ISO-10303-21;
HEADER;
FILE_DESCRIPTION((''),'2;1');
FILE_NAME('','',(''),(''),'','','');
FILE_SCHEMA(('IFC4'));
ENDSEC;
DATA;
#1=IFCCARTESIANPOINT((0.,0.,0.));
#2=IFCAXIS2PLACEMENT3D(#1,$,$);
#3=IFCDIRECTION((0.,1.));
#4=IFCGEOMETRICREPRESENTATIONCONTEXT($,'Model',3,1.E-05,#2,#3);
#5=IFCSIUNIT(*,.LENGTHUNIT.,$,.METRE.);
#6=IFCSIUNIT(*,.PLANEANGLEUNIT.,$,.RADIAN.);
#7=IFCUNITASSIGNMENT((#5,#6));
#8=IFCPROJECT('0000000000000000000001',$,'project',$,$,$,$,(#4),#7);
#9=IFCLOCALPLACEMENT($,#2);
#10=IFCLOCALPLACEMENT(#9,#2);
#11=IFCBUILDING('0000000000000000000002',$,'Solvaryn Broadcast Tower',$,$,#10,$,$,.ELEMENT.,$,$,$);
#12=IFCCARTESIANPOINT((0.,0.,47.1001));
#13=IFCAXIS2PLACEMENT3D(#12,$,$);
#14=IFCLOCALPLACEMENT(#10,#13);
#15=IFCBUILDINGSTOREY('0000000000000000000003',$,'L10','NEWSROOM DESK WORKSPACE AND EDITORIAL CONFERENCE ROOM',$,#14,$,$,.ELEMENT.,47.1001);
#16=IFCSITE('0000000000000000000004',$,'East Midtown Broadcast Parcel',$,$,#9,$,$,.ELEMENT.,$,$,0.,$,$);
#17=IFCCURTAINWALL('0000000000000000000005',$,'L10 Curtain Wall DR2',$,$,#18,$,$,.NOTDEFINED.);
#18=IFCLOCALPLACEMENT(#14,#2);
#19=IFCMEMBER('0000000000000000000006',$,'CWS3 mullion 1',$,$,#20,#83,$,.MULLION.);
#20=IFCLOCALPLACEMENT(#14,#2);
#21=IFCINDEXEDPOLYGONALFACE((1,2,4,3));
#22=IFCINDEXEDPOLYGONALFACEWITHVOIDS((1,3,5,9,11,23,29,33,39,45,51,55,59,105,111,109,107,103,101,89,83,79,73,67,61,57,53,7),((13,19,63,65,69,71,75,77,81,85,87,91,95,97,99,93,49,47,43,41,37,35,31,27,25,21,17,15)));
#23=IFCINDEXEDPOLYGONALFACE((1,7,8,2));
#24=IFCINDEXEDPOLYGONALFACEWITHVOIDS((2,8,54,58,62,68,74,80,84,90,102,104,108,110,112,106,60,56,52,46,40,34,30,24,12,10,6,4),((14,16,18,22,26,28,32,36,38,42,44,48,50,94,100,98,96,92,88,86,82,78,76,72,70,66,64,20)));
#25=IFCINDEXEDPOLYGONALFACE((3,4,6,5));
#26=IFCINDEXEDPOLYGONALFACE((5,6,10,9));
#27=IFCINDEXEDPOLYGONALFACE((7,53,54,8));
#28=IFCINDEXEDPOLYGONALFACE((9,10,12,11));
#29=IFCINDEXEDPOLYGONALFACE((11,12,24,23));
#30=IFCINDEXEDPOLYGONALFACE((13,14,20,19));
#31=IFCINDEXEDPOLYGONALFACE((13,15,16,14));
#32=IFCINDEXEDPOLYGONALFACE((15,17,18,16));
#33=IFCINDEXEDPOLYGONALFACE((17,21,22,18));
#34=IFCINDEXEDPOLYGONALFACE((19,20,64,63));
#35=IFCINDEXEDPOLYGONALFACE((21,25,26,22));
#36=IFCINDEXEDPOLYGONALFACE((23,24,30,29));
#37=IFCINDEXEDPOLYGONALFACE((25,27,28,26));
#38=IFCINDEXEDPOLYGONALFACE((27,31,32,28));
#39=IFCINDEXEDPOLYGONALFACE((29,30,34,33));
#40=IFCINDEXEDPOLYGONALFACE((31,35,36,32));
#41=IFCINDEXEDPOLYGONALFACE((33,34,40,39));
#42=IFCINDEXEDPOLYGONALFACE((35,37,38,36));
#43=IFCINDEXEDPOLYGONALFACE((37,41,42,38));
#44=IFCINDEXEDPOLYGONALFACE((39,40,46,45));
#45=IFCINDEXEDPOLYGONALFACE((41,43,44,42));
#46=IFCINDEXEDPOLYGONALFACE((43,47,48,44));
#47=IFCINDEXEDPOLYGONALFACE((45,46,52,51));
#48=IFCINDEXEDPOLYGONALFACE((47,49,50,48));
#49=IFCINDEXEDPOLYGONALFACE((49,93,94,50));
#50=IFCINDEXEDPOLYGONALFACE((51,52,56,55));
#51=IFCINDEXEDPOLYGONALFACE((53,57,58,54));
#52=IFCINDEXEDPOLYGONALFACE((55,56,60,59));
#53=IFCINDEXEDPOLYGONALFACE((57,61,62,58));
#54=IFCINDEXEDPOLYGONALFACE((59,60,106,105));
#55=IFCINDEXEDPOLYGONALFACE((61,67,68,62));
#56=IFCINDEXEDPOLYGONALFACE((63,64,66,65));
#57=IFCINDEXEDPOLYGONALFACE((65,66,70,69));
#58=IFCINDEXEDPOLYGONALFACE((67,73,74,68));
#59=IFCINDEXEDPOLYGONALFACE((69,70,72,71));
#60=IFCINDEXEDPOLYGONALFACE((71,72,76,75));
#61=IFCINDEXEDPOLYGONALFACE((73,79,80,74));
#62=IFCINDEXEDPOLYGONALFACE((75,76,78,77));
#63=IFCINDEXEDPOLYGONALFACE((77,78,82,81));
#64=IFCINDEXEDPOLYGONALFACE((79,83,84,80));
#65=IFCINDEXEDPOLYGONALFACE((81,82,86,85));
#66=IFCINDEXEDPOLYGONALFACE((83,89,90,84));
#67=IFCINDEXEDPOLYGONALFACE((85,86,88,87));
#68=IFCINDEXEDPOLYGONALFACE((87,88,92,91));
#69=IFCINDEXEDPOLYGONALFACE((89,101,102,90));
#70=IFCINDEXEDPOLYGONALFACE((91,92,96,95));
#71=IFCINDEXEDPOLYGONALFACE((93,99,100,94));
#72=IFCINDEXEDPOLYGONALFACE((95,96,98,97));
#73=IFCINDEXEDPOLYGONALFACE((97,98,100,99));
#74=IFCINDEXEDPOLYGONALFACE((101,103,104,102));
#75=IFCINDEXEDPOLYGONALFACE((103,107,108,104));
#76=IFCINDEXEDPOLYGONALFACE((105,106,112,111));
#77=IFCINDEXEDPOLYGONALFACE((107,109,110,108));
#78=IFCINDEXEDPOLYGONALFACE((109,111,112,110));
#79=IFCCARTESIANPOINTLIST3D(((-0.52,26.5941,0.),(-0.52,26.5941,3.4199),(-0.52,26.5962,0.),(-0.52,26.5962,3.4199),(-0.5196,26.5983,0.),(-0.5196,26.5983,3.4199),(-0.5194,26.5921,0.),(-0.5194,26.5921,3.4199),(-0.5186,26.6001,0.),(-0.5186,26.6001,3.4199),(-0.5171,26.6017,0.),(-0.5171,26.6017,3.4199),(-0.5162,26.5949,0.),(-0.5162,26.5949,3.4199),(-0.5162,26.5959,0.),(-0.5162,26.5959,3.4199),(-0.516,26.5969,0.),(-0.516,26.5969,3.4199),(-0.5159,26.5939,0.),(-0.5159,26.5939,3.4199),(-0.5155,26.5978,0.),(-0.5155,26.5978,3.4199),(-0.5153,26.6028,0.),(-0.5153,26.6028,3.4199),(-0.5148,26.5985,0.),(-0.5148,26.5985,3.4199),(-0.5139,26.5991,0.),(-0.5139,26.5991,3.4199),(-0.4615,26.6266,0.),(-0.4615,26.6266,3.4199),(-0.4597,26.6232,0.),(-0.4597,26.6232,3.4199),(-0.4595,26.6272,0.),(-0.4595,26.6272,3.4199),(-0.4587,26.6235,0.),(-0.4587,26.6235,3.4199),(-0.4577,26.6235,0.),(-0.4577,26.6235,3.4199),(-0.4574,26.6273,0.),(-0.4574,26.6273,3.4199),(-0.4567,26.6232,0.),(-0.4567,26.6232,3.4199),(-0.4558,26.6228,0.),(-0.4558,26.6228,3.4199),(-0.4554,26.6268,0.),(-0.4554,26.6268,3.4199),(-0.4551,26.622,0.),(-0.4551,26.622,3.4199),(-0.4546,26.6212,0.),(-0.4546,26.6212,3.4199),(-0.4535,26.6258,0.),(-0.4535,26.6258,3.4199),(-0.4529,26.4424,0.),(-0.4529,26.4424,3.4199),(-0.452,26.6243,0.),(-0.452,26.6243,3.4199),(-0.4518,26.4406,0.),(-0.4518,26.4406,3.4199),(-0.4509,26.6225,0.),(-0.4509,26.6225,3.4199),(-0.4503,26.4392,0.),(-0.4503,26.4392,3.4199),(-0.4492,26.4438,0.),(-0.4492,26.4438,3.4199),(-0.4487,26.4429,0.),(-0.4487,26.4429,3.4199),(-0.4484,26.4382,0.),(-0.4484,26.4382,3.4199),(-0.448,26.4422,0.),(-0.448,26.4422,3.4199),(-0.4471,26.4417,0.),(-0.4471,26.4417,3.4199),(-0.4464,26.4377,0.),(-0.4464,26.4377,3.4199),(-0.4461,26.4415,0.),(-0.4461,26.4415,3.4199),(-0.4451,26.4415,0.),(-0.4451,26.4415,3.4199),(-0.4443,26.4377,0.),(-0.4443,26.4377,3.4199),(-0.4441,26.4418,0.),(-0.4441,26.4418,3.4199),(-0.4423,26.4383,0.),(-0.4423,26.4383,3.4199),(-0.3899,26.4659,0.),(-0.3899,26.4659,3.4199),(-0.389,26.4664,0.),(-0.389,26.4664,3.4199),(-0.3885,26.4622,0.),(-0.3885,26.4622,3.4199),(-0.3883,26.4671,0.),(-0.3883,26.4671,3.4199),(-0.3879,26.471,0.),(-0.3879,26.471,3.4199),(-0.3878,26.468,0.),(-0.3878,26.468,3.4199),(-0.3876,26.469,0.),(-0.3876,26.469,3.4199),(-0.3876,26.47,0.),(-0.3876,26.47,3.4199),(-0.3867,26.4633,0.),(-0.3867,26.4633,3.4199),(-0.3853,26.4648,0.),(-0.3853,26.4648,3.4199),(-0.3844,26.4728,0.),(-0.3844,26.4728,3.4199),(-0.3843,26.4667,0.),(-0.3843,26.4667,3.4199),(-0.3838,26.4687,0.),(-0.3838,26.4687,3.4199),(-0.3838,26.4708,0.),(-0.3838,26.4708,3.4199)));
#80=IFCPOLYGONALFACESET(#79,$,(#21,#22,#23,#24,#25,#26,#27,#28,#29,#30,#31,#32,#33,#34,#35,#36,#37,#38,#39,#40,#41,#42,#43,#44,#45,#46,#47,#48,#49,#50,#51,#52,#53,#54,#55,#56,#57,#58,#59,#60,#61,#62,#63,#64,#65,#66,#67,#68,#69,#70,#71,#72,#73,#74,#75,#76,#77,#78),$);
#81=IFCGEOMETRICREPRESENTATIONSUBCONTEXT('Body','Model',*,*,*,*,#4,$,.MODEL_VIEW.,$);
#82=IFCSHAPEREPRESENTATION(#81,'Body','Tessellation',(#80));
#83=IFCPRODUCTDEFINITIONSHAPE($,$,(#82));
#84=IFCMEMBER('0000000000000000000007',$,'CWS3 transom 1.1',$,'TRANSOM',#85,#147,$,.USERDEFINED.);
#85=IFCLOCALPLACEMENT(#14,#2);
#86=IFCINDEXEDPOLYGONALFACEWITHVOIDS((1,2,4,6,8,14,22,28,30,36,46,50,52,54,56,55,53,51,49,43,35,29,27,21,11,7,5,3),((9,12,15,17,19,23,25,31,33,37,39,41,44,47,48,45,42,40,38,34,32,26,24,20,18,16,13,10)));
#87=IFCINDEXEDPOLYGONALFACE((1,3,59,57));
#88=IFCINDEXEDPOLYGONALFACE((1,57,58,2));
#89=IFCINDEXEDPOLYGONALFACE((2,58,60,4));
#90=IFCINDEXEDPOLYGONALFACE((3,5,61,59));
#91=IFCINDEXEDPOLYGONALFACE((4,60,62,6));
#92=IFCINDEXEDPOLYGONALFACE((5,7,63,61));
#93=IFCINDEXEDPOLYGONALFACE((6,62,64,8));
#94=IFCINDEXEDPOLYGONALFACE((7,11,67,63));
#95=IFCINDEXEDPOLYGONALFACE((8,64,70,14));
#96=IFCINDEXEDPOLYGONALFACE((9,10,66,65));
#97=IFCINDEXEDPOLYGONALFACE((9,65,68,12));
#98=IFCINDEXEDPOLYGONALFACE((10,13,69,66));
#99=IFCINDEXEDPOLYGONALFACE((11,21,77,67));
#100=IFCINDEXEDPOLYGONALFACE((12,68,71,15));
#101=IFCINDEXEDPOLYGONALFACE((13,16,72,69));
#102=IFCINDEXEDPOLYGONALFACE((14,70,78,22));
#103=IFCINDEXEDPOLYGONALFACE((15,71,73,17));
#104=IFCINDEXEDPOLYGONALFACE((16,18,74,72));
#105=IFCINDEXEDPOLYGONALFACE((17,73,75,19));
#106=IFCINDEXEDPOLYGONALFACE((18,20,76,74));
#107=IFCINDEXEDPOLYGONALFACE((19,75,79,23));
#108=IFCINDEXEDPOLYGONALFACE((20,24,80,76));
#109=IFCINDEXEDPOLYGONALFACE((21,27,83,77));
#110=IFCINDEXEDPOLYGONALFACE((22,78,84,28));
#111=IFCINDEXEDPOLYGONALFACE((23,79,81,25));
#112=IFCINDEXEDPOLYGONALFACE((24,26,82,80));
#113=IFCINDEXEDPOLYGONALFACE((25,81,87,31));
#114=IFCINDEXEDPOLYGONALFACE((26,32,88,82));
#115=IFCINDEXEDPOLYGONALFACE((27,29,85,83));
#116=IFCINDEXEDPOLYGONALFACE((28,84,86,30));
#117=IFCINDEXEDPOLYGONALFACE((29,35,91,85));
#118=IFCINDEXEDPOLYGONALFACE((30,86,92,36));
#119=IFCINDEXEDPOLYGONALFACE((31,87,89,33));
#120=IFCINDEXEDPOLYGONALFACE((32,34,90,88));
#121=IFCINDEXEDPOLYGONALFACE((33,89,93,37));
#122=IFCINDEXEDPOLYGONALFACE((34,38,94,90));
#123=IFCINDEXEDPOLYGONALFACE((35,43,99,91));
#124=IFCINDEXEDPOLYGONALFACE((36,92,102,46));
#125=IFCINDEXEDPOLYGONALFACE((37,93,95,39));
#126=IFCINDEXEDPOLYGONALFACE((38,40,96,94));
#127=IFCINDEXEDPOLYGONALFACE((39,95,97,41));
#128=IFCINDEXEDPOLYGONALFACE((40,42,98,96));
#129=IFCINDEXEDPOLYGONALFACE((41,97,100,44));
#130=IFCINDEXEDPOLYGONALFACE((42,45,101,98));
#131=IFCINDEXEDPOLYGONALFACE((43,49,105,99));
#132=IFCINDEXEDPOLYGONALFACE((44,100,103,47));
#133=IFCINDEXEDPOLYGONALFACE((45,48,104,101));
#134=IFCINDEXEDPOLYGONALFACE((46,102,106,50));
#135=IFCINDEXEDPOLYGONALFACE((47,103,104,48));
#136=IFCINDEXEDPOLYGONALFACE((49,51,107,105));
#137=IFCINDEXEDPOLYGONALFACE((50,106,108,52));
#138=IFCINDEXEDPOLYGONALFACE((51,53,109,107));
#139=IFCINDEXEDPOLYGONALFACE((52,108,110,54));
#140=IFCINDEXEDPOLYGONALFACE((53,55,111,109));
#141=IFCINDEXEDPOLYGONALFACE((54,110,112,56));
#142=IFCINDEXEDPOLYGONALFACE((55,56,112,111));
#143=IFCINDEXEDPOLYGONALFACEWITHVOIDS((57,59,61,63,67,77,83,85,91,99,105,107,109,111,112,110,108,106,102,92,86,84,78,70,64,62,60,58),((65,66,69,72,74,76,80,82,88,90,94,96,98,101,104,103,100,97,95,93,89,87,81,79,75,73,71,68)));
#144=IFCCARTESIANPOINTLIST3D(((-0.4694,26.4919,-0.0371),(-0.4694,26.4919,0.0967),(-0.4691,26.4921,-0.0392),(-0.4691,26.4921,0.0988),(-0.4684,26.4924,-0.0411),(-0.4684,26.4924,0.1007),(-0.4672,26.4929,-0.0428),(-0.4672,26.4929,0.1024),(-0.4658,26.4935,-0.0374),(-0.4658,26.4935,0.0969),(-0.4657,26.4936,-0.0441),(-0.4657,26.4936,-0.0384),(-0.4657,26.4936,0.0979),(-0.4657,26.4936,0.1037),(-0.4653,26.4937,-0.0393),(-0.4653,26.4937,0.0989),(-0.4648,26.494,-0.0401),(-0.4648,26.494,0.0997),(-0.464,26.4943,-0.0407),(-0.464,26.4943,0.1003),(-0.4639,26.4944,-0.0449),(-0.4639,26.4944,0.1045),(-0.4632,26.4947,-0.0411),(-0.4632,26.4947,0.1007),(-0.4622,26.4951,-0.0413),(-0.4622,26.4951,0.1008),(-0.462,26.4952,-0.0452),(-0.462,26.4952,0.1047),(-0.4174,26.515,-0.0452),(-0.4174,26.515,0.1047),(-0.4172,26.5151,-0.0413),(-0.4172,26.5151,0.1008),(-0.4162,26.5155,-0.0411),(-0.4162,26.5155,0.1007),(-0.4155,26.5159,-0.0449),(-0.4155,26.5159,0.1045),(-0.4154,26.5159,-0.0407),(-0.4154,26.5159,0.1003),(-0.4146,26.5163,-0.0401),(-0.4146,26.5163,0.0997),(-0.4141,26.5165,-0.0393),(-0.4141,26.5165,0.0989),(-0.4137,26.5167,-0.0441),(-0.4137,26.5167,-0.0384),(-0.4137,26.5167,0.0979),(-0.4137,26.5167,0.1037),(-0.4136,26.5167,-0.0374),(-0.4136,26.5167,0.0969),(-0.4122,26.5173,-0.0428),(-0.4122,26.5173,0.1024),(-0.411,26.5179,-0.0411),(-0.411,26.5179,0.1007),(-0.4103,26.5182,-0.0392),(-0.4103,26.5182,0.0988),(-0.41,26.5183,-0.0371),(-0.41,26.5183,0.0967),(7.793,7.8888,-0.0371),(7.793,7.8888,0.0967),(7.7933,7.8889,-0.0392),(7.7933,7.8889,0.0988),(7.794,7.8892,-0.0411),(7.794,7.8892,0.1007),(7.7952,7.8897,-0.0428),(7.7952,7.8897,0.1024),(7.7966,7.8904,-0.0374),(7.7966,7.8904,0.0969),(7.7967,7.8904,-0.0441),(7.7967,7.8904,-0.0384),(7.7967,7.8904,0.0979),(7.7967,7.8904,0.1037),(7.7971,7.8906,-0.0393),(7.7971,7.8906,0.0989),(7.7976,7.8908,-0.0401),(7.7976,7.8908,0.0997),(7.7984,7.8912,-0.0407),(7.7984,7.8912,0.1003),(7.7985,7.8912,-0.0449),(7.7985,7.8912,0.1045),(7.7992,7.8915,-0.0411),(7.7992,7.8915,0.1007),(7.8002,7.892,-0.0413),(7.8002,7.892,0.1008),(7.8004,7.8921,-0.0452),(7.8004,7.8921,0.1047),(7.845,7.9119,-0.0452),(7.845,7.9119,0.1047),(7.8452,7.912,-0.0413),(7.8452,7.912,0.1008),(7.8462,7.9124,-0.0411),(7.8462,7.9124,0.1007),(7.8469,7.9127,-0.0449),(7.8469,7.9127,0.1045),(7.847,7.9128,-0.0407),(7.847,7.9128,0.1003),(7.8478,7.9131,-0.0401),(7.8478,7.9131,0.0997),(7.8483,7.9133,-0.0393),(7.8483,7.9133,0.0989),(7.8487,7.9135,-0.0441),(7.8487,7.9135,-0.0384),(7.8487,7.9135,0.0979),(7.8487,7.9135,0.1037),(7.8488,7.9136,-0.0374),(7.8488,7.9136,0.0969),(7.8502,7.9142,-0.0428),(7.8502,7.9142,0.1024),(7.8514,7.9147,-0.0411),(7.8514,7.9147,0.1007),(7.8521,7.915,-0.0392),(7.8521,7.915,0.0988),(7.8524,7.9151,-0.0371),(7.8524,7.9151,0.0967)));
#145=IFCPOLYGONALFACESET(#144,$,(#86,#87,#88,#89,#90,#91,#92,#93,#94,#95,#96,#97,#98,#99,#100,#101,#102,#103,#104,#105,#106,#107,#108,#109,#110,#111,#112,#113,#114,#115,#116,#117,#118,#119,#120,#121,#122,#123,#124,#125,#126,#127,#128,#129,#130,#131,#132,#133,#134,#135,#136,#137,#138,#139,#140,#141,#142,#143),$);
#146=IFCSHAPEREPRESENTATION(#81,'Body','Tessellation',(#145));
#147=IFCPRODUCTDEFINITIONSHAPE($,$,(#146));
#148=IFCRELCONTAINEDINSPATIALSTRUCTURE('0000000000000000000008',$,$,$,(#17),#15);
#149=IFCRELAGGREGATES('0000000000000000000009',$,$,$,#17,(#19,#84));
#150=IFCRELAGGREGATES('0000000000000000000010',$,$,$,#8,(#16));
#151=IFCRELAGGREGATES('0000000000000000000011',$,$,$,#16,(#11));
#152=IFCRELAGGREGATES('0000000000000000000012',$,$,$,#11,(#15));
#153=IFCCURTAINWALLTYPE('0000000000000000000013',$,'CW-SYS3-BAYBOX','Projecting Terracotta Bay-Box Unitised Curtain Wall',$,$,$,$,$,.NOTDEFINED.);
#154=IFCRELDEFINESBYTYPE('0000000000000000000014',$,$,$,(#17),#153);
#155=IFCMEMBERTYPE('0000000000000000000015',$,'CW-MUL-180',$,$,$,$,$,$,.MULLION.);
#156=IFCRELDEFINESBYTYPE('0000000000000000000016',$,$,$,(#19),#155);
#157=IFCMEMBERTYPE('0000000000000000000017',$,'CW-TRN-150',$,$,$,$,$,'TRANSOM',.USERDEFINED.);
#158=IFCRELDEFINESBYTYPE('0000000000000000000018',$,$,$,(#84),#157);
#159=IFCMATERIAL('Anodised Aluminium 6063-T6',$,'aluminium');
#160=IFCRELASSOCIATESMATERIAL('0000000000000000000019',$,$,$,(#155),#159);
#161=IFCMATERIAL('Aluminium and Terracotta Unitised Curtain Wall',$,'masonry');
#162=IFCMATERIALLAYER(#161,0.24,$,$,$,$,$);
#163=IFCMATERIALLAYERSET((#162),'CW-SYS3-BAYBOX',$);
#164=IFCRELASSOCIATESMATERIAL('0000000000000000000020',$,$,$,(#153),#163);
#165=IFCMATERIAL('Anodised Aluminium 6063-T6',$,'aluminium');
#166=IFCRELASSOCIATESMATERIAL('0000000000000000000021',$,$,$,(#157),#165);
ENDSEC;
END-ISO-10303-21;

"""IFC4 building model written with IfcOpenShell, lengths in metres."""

from ifc_helpers import new_model, si_unit, direction, frame, origin, origin_2d, place, context, subcontext, project, spatial, hollow_rectangle, extrude, material, layer, layer_set, material_profile, profile_set, type_object, element, aggregate, save


model = new_model("IFC4")

# Units and contexts
model_context = context("Model", 3, precision=1e-05, world=origin(), true_north=direction((0.0, 1.0)))
body_context = subcontext(model_context, "Body", "Model", "MODEL_VIEW")
ifc_project = project(units=[si_unit("LENGTHUNIT", "METRE"), si_unit("PLANEANGLEUNIT", "RADIAN")], contexts=[model_context])

# Site, building, storey
site_placement = place(None, origin())
site = spatial("IfcSite", under=ifc_project, at=site_placement, Name="East Midtown Broadcast Parcel", CompositionType="ELEMENT", RefElevation=0.0)
building_placement = place(site_placement, origin())
building = spatial("IfcBuilding", under=site, at=building_placement, Name="Solvaryn Broadcast Tower", CompositionType="ELEMENT")
storey_placement = place(building_placement, frame((0.0, 0.0, 47.1001)))
storey = spatial("IfcBuildingStorey", under=building, at=storey_placement, Name="L10", Description="NEWSROOM DESK WORKSPACE AND EDITORIAL CONFERENCE ROOM", CompositionType="ELEMENT", Elevation=47.1001)

# Shared definitions
ifc_material_1 = material(Name="Anodised Aluminium 6063-T6", Category="aluminium")
ifc_material_profile_1 = material_profile(ifc_material_1, hollow_rectangle(XDim=0.075, YDim=0.1799, WallThickness=0.0039, InnerFilletRadius=0.0039, OuterFilletRadius=0.0081, at=origin_2d()))
ifc_profile_set_1 = profile_set([ifc_material_profile_1], Name="Anodised Aluminium 6063-T6")
member_type_1 = type_object("IfcMemberType", Name="CW-MUL-180", PredefinedType="MULLION", material=ifc_profile_set_1)

# Curtain wall, members
ifc_material_2 = material(Name="Aluminium and Terracotta Unitised Curtain Wall", Category="masonry")
ifc_layer_1 = layer(ifc_material_2, 0.24)
ifc_layer_set_1 = layer_set([ifc_layer_1], Name="CW-SYS3-BAYBOX")
curtain_wall_type_1 = type_object("IfcCurtainWallType", Name="CW-SYS3-BAYBOX", Description="Projecting Terracotta Bay-Box Unitised Curtain Wall", PredefinedType="NOTDEFINED", material=ifc_layer_set_1)
curtain_wall_1_placement = place(storey_placement, origin())
curtain_wall_1 = element("IfcCurtainWall", 1, at=curtain_wall_1_placement, inside=storey, type_object=curtain_wall_type_1, Name="L10 Curtain Wall DR2", PredefinedType="NOTDEFINED")
member_1_placement = place(storey_placement, frame((-0.4519, 26.5325, 0.0), z_axis=(0.0, 0.0, 1.0), x_axis=(0.913918, 0.405898, 0.0)))
member_1 = element("IfcMember", 2, at=member_1_placement, type_object=member_type_1, Name="CWS3 mullion 1", PredefinedType="MULLION", context=body_context, shape_type="SweptSolid", body=[
    extrude(hollow_rectangle(XDim=0.075, YDim=0.1799, WallThickness=0.0039, InnerFilletRadius=0.0039, OuterFilletRadius=0.0081, at=origin_2d()), origin(), (0.0, 0.0, 1.0), 3.4199),
])
ifc_material_3 = material(Name="Anodised Aluminium 6063-T6", Category="aluminium")
ifc_material_profile_2 = material_profile(ifc_material_3, hollow_rectangle(XDim=0.0649, YDim=0.1499, WallThickness=0.0039, InnerFilletRadius=0.0039, OuterFilletRadius=0.0081, at=origin_2d()))
ifc_profile_set_2 = profile_set([ifc_material_profile_2], Name="Anodised Aluminium 6063-T6")
member_type_2 = type_object("IfcMemberType", Name="CW-TRN-150", ElementType="TRANSOM", PredefinedType="USERDEFINED", material=ifc_profile_set_2)
member_2_placement = place(storey_placement, frame((-0.4397, 26.5051, 0.0298), z_axis=(0.405906, -0.913915, 0.0), x_axis=(0.913915, 0.405906, 0.0)))
member_2 = element("IfcMember", 3, at=member_2_placement, type_object=member_type_2, Name="CWS3 transom 1.1", ObjectType="TRANSOM", PredefinedType="USERDEFINED", context=body_context, shape_type="SweptSolid", body=[
    extrude(hollow_rectangle(XDim=0.0649, YDim=0.1499, WallThickness=0.0039, InnerFilletRadius=0.0039, OuterFilletRadius=0.0081, at=origin_2d()), origin(), (0.0, 0.0, 1.0), 20.3555),
])
aggregate(curtain_wall_1, [member_1, member_2])

save(model, "model.ifc")
